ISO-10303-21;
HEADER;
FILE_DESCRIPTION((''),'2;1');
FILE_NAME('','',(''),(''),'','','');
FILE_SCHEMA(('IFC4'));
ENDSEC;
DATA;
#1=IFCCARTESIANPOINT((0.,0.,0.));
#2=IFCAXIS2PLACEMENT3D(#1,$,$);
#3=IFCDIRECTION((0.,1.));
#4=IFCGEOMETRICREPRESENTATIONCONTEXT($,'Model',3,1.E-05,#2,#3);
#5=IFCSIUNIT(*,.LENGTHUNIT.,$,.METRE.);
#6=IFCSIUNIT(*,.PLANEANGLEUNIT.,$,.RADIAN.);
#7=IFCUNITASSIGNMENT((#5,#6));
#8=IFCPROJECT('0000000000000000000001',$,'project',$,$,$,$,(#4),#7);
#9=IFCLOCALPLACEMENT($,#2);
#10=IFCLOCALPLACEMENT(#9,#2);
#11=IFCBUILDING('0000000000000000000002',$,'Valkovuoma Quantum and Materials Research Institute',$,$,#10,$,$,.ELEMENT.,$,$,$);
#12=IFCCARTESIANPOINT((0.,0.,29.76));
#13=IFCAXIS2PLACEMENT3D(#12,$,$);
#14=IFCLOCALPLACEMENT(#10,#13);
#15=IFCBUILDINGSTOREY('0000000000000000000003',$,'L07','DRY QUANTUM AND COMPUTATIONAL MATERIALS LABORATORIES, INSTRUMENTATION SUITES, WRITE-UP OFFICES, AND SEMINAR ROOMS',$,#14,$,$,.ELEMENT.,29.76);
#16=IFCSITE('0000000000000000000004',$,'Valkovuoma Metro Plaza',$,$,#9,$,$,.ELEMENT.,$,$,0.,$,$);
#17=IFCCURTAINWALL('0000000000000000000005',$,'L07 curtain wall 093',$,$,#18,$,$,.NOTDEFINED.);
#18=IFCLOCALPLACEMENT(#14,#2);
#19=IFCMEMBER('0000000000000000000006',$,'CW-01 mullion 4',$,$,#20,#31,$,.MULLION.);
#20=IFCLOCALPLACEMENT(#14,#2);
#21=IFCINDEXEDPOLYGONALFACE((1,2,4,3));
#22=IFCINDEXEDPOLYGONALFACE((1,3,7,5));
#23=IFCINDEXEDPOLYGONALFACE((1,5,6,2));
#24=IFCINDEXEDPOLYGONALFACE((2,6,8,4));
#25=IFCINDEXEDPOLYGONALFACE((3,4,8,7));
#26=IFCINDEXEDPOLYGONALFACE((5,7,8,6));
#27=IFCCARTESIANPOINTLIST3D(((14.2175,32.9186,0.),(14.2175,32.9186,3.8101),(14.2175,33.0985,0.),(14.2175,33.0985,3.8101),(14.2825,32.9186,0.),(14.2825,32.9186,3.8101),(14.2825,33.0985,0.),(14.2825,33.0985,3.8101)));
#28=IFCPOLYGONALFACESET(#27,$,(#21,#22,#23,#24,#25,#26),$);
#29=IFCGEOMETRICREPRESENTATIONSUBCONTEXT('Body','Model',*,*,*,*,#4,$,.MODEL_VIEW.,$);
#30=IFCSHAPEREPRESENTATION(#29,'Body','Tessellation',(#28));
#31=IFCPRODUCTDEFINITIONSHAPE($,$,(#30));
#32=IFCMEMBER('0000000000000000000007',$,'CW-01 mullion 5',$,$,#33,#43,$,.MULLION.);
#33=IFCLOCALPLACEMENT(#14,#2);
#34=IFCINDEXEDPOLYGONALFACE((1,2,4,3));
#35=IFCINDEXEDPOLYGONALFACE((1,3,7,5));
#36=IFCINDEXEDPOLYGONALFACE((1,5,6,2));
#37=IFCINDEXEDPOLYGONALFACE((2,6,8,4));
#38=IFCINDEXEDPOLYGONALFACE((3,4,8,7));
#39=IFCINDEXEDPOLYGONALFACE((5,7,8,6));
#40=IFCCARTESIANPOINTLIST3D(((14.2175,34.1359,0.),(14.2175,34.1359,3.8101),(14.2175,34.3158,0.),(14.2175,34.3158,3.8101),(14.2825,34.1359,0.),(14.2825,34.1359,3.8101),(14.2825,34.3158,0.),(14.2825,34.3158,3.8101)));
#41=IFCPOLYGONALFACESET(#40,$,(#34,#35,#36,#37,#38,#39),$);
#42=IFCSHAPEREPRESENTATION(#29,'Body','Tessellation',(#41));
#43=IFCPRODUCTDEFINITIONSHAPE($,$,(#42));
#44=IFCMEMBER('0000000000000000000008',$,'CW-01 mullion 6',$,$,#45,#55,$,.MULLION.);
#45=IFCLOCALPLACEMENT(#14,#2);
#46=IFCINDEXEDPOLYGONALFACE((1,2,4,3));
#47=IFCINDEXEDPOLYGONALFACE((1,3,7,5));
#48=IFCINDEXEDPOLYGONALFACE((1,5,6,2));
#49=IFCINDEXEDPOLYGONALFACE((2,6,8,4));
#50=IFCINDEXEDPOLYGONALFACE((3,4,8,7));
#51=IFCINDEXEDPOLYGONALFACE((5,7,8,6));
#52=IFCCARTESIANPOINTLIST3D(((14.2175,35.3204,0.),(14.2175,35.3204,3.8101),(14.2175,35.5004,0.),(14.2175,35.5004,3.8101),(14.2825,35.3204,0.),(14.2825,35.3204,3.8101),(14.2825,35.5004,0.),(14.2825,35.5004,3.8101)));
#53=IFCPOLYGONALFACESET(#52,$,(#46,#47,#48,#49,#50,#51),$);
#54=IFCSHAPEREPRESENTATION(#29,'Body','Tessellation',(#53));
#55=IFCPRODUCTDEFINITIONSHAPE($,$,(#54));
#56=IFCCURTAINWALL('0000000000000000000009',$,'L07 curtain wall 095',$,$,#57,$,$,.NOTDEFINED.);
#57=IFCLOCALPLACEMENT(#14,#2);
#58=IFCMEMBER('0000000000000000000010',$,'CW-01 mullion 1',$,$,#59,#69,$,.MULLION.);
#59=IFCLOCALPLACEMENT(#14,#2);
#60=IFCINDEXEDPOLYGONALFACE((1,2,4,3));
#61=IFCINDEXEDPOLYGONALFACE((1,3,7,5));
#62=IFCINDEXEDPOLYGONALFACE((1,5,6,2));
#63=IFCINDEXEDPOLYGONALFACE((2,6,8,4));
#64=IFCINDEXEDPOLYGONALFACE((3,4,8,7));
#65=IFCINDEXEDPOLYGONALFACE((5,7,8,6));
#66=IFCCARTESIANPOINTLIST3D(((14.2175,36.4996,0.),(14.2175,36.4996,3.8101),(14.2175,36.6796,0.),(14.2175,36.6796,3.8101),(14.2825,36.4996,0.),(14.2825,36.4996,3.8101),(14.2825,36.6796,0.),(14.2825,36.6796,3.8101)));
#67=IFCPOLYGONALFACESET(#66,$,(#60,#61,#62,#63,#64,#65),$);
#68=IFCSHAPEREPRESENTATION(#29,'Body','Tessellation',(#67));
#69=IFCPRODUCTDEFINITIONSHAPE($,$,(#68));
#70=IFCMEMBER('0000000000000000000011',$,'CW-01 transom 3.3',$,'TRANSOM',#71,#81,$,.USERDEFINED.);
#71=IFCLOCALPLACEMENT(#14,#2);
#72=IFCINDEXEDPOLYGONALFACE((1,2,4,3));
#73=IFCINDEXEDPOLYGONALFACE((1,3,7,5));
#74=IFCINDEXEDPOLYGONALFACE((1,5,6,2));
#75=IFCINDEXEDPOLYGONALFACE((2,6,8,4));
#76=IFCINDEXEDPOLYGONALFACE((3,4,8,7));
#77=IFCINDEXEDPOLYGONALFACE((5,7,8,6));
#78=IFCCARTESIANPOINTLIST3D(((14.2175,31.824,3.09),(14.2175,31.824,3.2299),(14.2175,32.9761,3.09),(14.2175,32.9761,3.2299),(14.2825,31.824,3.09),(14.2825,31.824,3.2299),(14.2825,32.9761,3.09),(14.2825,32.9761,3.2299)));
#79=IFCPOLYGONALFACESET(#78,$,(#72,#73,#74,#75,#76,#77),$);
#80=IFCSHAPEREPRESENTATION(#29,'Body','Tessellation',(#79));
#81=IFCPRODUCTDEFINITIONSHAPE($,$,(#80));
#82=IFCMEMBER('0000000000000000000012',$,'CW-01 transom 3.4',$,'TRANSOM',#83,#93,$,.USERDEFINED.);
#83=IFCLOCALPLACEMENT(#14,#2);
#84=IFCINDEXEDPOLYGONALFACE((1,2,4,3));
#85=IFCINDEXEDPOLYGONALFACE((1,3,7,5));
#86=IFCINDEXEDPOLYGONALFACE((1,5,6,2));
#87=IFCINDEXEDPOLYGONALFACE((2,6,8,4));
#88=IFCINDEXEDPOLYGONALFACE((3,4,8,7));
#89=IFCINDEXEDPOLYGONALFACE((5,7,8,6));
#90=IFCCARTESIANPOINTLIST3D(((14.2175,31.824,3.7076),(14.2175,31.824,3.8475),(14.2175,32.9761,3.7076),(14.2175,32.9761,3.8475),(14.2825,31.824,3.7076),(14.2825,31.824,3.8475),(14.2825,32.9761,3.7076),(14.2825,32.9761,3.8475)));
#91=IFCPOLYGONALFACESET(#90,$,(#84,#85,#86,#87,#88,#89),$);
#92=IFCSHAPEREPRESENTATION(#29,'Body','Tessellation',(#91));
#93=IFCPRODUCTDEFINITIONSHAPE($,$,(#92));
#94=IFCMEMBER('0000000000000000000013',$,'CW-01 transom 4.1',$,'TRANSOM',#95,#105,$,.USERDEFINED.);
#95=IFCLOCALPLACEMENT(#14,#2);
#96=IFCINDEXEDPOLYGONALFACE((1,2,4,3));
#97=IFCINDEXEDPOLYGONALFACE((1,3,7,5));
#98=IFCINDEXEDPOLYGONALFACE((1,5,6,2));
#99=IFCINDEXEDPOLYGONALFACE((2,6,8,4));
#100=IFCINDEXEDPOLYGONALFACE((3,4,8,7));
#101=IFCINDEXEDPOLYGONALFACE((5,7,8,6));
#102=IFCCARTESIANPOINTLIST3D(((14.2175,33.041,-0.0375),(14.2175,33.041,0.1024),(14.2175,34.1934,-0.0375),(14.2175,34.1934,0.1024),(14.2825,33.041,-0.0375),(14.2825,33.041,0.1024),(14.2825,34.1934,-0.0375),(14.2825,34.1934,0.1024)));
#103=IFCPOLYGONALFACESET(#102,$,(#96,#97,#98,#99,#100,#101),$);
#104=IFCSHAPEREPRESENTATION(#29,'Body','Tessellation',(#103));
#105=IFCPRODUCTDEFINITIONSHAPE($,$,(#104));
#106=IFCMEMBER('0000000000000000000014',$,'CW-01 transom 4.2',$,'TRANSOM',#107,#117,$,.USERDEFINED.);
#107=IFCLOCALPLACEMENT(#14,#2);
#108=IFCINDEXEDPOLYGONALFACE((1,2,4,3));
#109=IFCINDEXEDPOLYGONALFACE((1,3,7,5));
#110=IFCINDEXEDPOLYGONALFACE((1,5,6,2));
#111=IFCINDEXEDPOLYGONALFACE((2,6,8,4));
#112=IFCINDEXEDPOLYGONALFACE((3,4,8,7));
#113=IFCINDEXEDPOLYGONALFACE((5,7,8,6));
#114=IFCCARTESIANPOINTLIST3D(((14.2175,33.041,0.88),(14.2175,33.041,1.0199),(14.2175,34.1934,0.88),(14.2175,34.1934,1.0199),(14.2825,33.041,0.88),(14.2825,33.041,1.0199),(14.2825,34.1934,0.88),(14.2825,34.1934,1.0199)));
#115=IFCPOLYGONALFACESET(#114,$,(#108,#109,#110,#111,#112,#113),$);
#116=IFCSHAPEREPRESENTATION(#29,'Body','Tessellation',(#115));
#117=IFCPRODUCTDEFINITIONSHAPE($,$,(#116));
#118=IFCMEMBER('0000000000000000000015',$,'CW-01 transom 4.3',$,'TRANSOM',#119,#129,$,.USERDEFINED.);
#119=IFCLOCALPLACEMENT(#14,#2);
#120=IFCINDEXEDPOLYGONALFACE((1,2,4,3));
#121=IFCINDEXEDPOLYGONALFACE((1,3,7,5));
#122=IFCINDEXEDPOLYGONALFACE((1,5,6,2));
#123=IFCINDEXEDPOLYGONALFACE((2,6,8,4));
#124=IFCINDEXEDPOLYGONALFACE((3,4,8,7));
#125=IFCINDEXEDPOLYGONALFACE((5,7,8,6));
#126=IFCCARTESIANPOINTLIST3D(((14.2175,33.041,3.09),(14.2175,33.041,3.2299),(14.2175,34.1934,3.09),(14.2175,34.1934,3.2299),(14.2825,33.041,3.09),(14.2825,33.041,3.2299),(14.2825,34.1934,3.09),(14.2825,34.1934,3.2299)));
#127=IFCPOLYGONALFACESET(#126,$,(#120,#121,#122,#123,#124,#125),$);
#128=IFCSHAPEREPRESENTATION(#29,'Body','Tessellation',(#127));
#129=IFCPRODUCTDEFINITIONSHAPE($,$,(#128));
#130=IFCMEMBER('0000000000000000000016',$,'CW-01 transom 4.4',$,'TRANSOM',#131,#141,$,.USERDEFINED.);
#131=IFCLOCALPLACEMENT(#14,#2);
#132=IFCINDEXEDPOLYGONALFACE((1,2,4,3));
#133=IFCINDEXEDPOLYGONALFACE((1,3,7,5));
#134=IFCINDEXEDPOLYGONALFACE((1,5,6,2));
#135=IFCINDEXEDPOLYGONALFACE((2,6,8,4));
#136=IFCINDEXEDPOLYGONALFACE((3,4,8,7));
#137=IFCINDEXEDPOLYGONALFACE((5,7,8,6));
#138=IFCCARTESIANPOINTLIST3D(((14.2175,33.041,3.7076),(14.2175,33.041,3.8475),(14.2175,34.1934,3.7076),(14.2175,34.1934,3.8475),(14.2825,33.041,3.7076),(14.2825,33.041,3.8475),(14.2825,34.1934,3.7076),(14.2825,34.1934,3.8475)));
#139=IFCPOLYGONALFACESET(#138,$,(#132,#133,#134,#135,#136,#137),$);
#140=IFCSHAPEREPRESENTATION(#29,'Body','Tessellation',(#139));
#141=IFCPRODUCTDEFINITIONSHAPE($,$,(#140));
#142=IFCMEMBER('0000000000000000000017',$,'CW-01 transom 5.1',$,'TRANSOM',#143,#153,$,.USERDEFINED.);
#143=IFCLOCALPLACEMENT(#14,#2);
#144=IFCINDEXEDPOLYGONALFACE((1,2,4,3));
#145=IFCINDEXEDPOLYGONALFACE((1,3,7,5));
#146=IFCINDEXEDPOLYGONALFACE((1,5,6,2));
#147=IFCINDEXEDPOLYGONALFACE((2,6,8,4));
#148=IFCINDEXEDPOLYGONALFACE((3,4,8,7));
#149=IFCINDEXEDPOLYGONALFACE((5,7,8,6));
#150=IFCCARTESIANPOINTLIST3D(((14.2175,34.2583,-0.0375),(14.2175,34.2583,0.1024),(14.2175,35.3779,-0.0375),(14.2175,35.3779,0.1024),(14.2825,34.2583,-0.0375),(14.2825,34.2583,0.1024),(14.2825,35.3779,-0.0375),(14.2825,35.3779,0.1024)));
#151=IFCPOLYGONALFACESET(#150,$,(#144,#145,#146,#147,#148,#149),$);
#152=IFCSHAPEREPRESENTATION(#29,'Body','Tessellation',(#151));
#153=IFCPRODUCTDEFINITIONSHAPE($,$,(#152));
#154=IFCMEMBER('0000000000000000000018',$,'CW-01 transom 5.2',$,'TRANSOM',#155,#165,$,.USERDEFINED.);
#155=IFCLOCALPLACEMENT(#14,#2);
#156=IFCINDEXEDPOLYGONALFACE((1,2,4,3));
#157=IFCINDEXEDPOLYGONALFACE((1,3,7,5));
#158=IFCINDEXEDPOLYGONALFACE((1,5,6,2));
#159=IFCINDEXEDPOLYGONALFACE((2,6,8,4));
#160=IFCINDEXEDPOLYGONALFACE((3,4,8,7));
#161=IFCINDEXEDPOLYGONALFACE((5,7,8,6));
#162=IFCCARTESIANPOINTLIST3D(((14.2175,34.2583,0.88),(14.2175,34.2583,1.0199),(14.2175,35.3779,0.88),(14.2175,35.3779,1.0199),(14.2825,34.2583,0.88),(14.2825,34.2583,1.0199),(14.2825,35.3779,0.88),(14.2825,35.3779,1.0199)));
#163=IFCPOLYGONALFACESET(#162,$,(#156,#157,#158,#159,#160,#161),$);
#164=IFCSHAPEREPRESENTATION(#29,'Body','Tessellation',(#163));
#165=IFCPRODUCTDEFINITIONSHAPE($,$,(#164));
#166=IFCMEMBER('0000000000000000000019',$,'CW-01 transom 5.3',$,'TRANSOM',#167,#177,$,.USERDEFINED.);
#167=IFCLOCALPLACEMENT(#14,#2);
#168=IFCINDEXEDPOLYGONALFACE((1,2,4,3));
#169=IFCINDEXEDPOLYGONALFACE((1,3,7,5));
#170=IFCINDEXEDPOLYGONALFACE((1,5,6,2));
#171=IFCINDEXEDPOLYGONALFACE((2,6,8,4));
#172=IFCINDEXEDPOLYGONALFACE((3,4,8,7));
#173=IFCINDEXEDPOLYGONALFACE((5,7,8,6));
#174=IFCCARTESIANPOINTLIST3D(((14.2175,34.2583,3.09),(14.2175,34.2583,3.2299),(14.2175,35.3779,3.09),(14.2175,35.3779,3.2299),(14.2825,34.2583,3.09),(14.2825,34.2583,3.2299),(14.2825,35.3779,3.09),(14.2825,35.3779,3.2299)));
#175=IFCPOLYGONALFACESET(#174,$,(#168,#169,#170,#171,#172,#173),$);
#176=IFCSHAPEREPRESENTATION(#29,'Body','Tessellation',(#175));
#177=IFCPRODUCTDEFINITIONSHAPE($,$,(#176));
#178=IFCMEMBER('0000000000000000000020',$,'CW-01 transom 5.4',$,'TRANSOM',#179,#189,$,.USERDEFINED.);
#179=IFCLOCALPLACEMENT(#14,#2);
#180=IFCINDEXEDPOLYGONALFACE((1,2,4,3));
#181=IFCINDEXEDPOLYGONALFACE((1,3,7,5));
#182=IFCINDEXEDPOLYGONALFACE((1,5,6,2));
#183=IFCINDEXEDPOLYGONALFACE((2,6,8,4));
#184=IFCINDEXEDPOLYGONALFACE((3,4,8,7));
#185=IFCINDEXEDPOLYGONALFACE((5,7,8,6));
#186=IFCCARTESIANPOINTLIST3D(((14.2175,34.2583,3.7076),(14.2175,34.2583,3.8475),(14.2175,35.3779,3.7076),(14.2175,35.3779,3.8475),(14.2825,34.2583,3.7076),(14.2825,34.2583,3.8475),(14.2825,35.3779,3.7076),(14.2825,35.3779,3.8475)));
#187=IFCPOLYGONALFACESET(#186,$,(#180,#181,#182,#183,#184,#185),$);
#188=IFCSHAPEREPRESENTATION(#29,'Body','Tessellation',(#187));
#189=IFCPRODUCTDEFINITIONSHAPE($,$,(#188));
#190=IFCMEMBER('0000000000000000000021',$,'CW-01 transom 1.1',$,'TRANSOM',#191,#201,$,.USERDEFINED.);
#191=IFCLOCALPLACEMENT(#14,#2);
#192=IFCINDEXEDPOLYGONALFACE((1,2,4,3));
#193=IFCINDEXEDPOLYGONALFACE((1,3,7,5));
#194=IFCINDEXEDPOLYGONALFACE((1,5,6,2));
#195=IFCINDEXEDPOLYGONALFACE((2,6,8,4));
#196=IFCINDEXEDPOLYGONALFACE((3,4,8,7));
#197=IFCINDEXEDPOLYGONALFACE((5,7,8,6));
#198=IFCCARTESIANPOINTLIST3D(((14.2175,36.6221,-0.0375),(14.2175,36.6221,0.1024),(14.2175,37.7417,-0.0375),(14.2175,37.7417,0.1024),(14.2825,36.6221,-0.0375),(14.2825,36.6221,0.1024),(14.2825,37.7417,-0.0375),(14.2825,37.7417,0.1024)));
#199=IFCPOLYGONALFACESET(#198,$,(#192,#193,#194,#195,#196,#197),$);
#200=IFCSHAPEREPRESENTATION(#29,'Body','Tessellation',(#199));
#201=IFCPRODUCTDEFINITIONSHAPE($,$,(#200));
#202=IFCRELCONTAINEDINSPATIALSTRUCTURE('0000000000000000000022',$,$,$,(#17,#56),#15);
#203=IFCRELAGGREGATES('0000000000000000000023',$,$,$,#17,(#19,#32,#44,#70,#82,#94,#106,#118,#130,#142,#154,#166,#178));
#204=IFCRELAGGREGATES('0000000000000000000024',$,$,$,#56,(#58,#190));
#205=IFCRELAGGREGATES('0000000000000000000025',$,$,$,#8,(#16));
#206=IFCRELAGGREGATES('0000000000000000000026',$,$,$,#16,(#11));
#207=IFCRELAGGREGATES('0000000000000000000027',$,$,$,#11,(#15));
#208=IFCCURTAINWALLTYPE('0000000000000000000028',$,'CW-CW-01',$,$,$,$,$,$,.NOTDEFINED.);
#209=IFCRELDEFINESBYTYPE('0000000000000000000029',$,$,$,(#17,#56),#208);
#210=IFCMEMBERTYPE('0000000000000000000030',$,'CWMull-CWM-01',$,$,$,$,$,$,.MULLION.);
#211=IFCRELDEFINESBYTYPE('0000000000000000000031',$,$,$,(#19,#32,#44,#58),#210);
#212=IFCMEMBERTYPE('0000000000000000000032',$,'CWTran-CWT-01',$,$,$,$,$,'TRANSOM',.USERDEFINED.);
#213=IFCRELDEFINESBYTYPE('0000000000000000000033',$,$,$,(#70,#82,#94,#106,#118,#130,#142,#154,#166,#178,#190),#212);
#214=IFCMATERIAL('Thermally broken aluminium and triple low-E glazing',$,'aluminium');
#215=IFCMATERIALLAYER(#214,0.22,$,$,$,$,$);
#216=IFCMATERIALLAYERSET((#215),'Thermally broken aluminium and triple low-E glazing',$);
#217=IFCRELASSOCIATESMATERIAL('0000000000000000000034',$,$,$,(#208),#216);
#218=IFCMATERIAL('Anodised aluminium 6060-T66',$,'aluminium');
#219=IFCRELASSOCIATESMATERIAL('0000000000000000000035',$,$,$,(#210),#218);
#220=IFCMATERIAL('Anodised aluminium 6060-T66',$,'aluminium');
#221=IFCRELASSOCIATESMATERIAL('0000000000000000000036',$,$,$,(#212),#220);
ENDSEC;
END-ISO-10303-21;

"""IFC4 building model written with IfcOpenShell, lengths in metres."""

from ifc_helpers import new_model, si_unit, direction, frame, origin, origin_2d, place, context, subcontext, project, spatial, rectangle, extrude, material, layer, layer_set, material_profile, profile_set, type_object, element, aggregate, save


model = new_model("IFC4")

# Units and contexts
model_context = context("Model", 3, precision=1e-05, world=origin(), true_north=direction((0.0, 1.0)))
body_context = subcontext(model_context, "Body", "Model", "MODEL_VIEW")
ifc_project = project(units=[si_unit("LENGTHUNIT", "METRE"), si_unit("PLANEANGLEUNIT", "RADIAN")], contexts=[model_context])

# Site, building, storey
site_placement = place(None, origin())
site = spatial("IfcSite", under=ifc_project, at=site_placement, Name="Valkovuoma Metro Plaza", CompositionType="ELEMENT", RefElevation=0.0)
building_placement = place(site_placement, origin())
building = spatial("IfcBuilding", under=site, at=building_placement, Name="Valkovuoma Quantum and Materials Research Institute", CompositionType="ELEMENT")
storey_placement = place(building_placement, frame((0.0, 0.0, 29.76)))
storey = spatial("IfcBuildingStorey", under=building, at=storey_placement, Name="L07", Description="DRY QUANTUM AND COMPUTATIONAL MATERIALS LABORATORIES, INSTRUMENTATION SUITES, WRITE-UP OFFICES, AND SEMINAR ROOMS", CompositionType="ELEMENT", Elevation=29.76)

# Curtain wall, members
ifc_material_1 = material(Name="Thermally broken aluminium and triple low-E glazing", Category="aluminium")
ifc_layer_1 = layer(ifc_material_1, 0.22)
ifc_layer_set_1 = layer_set([ifc_layer_1], Name="Thermally broken aluminium and triple low-E glazing")
curtain_wall_type = type_object("IfcCurtainWallType", Name="CW-CW-01", PredefinedType="NOTDEFINED", material=ifc_layer_set_1)
curtain_wall_1_placement = place(storey_placement, origin())
curtain_wall_1 = element("IfcCurtainWall", 1, at=curtain_wall_1_placement, inside=storey, type_object=curtain_wall_type, Name="L07 curtain wall 093", PredefinedType="NOTDEFINED")
ifc_material_2 = material(Name="Anodised aluminium 6060-T66", Category="aluminium")
ifc_material_profile_1 = material_profile(ifc_material_2, rectangle(XDim=0.0649, YDim=0.1799, at=origin_2d()), Name="Anodised aluminium 6060-T66")
ifc_profile_set_1 = profile_set([ifc_material_profile_1], Name="Anodised aluminium 6060-T66")
member_type_1 = type_object("IfcMemberType", Name="CWMull-CWM-01", PredefinedType="MULLION", material=ifc_profile_set_1)
member_1_placement = place(storey_placement, frame((14.25, 33.0085, 0.0), z_axis=(0.0, 0.0, 1.0), x_axis=(-1.0, 0.0, 0.0)))
member_1 = element("IfcMember", 2, at=member_1_placement, type_object=member_type_1, Name="CW-01 mullion 4", PredefinedType="MULLION", context=body_context, shape_type="SweptSolid", body=[
    extrude(rectangle(XDim=0.0649, YDim=0.1799, at=origin_2d()), origin(), (0.0, 0.0, 1.0), 3.8101),
])
member_2_placement = place(storey_placement, frame((14.25, 34.2258, 0.0), z_axis=(0.0, 0.0, 1.0), x_axis=(-1.0, 0.0, 0.0)))
member_2 = element("IfcMember", 3, at=member_2_placement, type_object=member_type_1, Name="CW-01 mullion 5", PredefinedType="MULLION", context=body_context, shape_type="SweptSolid", body=[
    extrude(rectangle(XDim=0.0649, YDim=0.1799, at=origin_2d()), origin(), (0.0, 0.0, 1.0), 3.8101),
])
member_3_placement = place(storey_placement, frame((14.25, 35.4104, 0.0), z_axis=(0.0, 0.0, 1.0), x_axis=(-1.0, 0.0, 0.0)))
member_3 = element("IfcMember", 4, at=member_3_placement, type_object=member_type_1, Name="CW-01 mullion 6", PredefinedType="MULLION", context=body_context, shape_type="SweptSolid", body=[
    extrude(rectangle(XDim=0.0649, YDim=0.1799, at=origin_2d()), origin(), (0.0, 0.0, 1.0), 3.8101),
])

# Curtain wall, member
curtain_wall_2_placement = place(storey_placement, origin())
curtain_wall_2 = element("IfcCurtainWall", 5, at=curtain_wall_2_placement, inside=storey, type_object=curtain_wall_type, Name="L07 curtain wall 095", PredefinedType="NOTDEFINED")
member_4_placement = place(storey_placement, frame((14.25, 36.5896, 0.0), z_axis=(0.0, 0.0, 1.0), x_axis=(-1.0, 0.0, 0.0)))
member_4 = element("IfcMember", 6, at=member_4_placement, type_object=member_type_1, Name="CW-01 mullion 1", PredefinedType="MULLION", context=body_context, shape_type="SweptSolid", body=[
    extrude(rectangle(XDim=0.0649, YDim=0.1799, at=origin_2d()), origin(), (0.0, 0.0, 1.0), 3.8101),
])

# Members
ifc_material_3 = material(Name="Anodised aluminium 6060-T66", Category="aluminium")
ifc_material_profile_2 = material_profile(ifc_material_3, rectangle(XDim=0.0649, YDim=0.1399, at=origin_2d()), Name="Anodised aluminium 6060-T66")
ifc_profile_set_2 = profile_set([ifc_material_profile_2], Name="Anodised aluminium 6060-T66")
member_type_2 = type_object("IfcMemberType", Name="CWTran-CWT-01", ElementType="TRANSOM", PredefinedType="USERDEFINED", material=ifc_profile_set_2)
member_5_placement = place(storey_placement, frame((14.25, 31.824, 3.1599), z_axis=(0.0, 1.0, 0.0), x_axis=(-1.0, 0.0, 0.0)))
member_5 = element("IfcMember", 7, at=member_5_placement, type_object=member_type_2, Name="CW-01 transom 3.3", ObjectType="TRANSOM", PredefinedType="USERDEFINED", context=body_context, shape_type="SweptSolid", body=[
    extrude(rectangle(XDim=0.0649, YDim=0.1399, at=origin_2d()), origin(), (0.0, 0.0, 1.0), 1.1521),
])
member_6_placement = place(storey_placement, frame((14.25, 31.824, 3.7776), z_axis=(0.0, 1.0, 0.0), x_axis=(-1.0, 0.0, 0.0)))
member_6 = element("IfcMember", 8, at=member_6_placement, type_object=member_type_2, Name="CW-01 transom 3.4", ObjectType="TRANSOM", PredefinedType="USERDEFINED", context=body_context, shape_type="SweptSolid", body=[
    extrude(rectangle(XDim=0.0649, YDim=0.1399, at=origin_2d()), origin(), (0.0, 0.0, 1.0), 1.1521),
])
member_7_placement = place(storey_placement, frame((14.25, 33.041, 0.0325), z_axis=(0.0, 1.0, 0.0), x_axis=(-1.0, 0.0, 0.0)))
member_7 = element("IfcMember", 9, at=member_7_placement, type_object=member_type_2, Name="CW-01 transom 4.1", ObjectType="TRANSOM", PredefinedType="USERDEFINED", context=body_context, shape_type="SweptSolid", body=[
    extrude(rectangle(XDim=0.0649, YDim=0.1399, at=origin_2d()), origin(), (0.0, 0.0, 1.0), 1.1523),
])
member_8_placement = place(storey_placement, frame((14.25, 33.041, 0.95), z_axis=(0.0, 1.0, 0.0), x_axis=(-1.0, 0.0, 0.0)))
member_8 = element("IfcMember", 10, at=member_8_placement, type_object=member_type_2, Name="CW-01 transom 4.2", ObjectType="TRANSOM", PredefinedType="USERDEFINED", context=body_context, shape_type="SweptSolid", body=[
    extrude(rectangle(XDim=0.0649, YDim=0.1399, at=origin_2d()), origin(), (0.0, 0.0, 1.0), 1.1523),
])
member_9_placement = place(storey_placement, frame((14.25, 33.041, 3.1599), z_axis=(0.0, 1.0, 0.0), x_axis=(-1.0, 0.0, 0.0)))
member_9 = element("IfcMember", 11, at=member_9_placement, type_object=member_type_2, Name="CW-01 transom 4.3", ObjectType="TRANSOM", PredefinedType="USERDEFINED", context=body_context, shape_type="SweptSolid", body=[
    extrude(rectangle(XDim=0.0649, YDim=0.1399, at=origin_2d()), origin(), (0.0, 0.0, 1.0), 1.1523),
])
member_10_placement = place(storey_placement, frame((14.25, 33.041, 3.7776), z_axis=(0.0, 1.0, 0.0), x_axis=(-1.0, 0.0, 0.0)))
member_10 = element("IfcMember", 12, at=member_10_placement, type_object=member_type_2, Name="CW-01 transom 4.4", ObjectType="TRANSOM", PredefinedType="USERDEFINED", context=body_context, shape_type="SweptSolid", body=[
    extrude(rectangle(XDim=0.0649, YDim=0.1399, at=origin_2d()), origin(), (0.0, 0.0, 1.0), 1.1523),
])
member_11_placement = place(storey_placement, frame((14.25, 34.2583, 0.0325), z_axis=(0.0, 1.0, 0.0), x_axis=(-1.0, 0.0, 0.0)))
member_11 = element("IfcMember", 13, at=member_11_placement, type_object=member_type_2, Name="CW-01 transom 5.1", ObjectType="TRANSOM", PredefinedType="USERDEFINED", context=body_context, shape_type="SweptSolid", body=[
    extrude(rectangle(XDim=0.0649, YDim=0.1399, at=origin_2d()), origin(), (0.0, 0.0, 1.0), 1.1196),
])
member_12_placement = place(storey_placement, frame((14.25, 34.2583, 0.95), z_axis=(0.0, 1.0, 0.0), x_axis=(-1.0, 0.0, 0.0)))
member_12 = element("IfcMember", 14, at=member_12_placement, type_object=member_type_2, Name="CW-01 transom 5.2", ObjectType="TRANSOM", PredefinedType="USERDEFINED", context=body_context, shape_type="SweptSolid", body=[
    extrude(rectangle(XDim=0.0649, YDim=0.1399, at=origin_2d()), origin(), (0.0, 0.0, 1.0), 1.1196),
])
member_13_placement = place(storey_placement, frame((14.25, 34.2583, 3.1599), z_axis=(0.0, 1.0, 0.0), x_axis=(-1.0, 0.0, 0.0)))
member_13 = element("IfcMember", 15, at=member_13_placement, type_object=member_type_2, Name="CW-01 transom 5.3", ObjectType="TRANSOM", PredefinedType="USERDEFINED", context=body_context, shape_type="SweptSolid", body=[
    extrude(rectangle(XDim=0.0649, YDim=0.1399, at=origin_2d()), origin(), (0.0, 0.0, 1.0), 1.1196),
])
member_14_placement = place(storey_placement, frame((14.25, 34.2583, 3.7776), z_axis=(0.0, 1.0, 0.0), x_axis=(-1.0, 0.0, 0.0)))
member_14 = element("IfcMember", 16, at=member_14_placement, type_object=member_type_2, Name="CW-01 transom 5.4", ObjectType="TRANSOM", PredefinedType="USERDEFINED", context=body_context, shape_type="SweptSolid", body=[
    extrude(rectangle(XDim=0.0649, YDim=0.1399, at=origin_2d()), origin(), (0.0, 0.0, 1.0), 1.1196),
])
member_15_placement = place(storey_placement, frame((14.25, 36.6221, 0.0325), z_axis=(0.0, 1.0, 0.0), x_axis=(-1.0, 0.0, 0.0)))
member_15 = element("IfcMember", 17, at=member_15_placement, type_object=member_type_2, Name="CW-01 transom 1.1", ObjectType="TRANSOM", PredefinedType="USERDEFINED", context=body_context, shape_type="SweptSolid", body=[
    extrude(rectangle(XDim=0.0649, YDim=0.1399, at=origin_2d()), origin(), (0.0, 0.0, 1.0), 1.1196),
])

aggregate(curtain_wall_1, [member_1, member_2, member_3, member_5, member_6, member_7, member_8, member_9, member_10, member_11, member_12, member_13, member_14])
aggregate(curtain_wall_2, [member_4, member_15])

save(model, "model.ifc")
